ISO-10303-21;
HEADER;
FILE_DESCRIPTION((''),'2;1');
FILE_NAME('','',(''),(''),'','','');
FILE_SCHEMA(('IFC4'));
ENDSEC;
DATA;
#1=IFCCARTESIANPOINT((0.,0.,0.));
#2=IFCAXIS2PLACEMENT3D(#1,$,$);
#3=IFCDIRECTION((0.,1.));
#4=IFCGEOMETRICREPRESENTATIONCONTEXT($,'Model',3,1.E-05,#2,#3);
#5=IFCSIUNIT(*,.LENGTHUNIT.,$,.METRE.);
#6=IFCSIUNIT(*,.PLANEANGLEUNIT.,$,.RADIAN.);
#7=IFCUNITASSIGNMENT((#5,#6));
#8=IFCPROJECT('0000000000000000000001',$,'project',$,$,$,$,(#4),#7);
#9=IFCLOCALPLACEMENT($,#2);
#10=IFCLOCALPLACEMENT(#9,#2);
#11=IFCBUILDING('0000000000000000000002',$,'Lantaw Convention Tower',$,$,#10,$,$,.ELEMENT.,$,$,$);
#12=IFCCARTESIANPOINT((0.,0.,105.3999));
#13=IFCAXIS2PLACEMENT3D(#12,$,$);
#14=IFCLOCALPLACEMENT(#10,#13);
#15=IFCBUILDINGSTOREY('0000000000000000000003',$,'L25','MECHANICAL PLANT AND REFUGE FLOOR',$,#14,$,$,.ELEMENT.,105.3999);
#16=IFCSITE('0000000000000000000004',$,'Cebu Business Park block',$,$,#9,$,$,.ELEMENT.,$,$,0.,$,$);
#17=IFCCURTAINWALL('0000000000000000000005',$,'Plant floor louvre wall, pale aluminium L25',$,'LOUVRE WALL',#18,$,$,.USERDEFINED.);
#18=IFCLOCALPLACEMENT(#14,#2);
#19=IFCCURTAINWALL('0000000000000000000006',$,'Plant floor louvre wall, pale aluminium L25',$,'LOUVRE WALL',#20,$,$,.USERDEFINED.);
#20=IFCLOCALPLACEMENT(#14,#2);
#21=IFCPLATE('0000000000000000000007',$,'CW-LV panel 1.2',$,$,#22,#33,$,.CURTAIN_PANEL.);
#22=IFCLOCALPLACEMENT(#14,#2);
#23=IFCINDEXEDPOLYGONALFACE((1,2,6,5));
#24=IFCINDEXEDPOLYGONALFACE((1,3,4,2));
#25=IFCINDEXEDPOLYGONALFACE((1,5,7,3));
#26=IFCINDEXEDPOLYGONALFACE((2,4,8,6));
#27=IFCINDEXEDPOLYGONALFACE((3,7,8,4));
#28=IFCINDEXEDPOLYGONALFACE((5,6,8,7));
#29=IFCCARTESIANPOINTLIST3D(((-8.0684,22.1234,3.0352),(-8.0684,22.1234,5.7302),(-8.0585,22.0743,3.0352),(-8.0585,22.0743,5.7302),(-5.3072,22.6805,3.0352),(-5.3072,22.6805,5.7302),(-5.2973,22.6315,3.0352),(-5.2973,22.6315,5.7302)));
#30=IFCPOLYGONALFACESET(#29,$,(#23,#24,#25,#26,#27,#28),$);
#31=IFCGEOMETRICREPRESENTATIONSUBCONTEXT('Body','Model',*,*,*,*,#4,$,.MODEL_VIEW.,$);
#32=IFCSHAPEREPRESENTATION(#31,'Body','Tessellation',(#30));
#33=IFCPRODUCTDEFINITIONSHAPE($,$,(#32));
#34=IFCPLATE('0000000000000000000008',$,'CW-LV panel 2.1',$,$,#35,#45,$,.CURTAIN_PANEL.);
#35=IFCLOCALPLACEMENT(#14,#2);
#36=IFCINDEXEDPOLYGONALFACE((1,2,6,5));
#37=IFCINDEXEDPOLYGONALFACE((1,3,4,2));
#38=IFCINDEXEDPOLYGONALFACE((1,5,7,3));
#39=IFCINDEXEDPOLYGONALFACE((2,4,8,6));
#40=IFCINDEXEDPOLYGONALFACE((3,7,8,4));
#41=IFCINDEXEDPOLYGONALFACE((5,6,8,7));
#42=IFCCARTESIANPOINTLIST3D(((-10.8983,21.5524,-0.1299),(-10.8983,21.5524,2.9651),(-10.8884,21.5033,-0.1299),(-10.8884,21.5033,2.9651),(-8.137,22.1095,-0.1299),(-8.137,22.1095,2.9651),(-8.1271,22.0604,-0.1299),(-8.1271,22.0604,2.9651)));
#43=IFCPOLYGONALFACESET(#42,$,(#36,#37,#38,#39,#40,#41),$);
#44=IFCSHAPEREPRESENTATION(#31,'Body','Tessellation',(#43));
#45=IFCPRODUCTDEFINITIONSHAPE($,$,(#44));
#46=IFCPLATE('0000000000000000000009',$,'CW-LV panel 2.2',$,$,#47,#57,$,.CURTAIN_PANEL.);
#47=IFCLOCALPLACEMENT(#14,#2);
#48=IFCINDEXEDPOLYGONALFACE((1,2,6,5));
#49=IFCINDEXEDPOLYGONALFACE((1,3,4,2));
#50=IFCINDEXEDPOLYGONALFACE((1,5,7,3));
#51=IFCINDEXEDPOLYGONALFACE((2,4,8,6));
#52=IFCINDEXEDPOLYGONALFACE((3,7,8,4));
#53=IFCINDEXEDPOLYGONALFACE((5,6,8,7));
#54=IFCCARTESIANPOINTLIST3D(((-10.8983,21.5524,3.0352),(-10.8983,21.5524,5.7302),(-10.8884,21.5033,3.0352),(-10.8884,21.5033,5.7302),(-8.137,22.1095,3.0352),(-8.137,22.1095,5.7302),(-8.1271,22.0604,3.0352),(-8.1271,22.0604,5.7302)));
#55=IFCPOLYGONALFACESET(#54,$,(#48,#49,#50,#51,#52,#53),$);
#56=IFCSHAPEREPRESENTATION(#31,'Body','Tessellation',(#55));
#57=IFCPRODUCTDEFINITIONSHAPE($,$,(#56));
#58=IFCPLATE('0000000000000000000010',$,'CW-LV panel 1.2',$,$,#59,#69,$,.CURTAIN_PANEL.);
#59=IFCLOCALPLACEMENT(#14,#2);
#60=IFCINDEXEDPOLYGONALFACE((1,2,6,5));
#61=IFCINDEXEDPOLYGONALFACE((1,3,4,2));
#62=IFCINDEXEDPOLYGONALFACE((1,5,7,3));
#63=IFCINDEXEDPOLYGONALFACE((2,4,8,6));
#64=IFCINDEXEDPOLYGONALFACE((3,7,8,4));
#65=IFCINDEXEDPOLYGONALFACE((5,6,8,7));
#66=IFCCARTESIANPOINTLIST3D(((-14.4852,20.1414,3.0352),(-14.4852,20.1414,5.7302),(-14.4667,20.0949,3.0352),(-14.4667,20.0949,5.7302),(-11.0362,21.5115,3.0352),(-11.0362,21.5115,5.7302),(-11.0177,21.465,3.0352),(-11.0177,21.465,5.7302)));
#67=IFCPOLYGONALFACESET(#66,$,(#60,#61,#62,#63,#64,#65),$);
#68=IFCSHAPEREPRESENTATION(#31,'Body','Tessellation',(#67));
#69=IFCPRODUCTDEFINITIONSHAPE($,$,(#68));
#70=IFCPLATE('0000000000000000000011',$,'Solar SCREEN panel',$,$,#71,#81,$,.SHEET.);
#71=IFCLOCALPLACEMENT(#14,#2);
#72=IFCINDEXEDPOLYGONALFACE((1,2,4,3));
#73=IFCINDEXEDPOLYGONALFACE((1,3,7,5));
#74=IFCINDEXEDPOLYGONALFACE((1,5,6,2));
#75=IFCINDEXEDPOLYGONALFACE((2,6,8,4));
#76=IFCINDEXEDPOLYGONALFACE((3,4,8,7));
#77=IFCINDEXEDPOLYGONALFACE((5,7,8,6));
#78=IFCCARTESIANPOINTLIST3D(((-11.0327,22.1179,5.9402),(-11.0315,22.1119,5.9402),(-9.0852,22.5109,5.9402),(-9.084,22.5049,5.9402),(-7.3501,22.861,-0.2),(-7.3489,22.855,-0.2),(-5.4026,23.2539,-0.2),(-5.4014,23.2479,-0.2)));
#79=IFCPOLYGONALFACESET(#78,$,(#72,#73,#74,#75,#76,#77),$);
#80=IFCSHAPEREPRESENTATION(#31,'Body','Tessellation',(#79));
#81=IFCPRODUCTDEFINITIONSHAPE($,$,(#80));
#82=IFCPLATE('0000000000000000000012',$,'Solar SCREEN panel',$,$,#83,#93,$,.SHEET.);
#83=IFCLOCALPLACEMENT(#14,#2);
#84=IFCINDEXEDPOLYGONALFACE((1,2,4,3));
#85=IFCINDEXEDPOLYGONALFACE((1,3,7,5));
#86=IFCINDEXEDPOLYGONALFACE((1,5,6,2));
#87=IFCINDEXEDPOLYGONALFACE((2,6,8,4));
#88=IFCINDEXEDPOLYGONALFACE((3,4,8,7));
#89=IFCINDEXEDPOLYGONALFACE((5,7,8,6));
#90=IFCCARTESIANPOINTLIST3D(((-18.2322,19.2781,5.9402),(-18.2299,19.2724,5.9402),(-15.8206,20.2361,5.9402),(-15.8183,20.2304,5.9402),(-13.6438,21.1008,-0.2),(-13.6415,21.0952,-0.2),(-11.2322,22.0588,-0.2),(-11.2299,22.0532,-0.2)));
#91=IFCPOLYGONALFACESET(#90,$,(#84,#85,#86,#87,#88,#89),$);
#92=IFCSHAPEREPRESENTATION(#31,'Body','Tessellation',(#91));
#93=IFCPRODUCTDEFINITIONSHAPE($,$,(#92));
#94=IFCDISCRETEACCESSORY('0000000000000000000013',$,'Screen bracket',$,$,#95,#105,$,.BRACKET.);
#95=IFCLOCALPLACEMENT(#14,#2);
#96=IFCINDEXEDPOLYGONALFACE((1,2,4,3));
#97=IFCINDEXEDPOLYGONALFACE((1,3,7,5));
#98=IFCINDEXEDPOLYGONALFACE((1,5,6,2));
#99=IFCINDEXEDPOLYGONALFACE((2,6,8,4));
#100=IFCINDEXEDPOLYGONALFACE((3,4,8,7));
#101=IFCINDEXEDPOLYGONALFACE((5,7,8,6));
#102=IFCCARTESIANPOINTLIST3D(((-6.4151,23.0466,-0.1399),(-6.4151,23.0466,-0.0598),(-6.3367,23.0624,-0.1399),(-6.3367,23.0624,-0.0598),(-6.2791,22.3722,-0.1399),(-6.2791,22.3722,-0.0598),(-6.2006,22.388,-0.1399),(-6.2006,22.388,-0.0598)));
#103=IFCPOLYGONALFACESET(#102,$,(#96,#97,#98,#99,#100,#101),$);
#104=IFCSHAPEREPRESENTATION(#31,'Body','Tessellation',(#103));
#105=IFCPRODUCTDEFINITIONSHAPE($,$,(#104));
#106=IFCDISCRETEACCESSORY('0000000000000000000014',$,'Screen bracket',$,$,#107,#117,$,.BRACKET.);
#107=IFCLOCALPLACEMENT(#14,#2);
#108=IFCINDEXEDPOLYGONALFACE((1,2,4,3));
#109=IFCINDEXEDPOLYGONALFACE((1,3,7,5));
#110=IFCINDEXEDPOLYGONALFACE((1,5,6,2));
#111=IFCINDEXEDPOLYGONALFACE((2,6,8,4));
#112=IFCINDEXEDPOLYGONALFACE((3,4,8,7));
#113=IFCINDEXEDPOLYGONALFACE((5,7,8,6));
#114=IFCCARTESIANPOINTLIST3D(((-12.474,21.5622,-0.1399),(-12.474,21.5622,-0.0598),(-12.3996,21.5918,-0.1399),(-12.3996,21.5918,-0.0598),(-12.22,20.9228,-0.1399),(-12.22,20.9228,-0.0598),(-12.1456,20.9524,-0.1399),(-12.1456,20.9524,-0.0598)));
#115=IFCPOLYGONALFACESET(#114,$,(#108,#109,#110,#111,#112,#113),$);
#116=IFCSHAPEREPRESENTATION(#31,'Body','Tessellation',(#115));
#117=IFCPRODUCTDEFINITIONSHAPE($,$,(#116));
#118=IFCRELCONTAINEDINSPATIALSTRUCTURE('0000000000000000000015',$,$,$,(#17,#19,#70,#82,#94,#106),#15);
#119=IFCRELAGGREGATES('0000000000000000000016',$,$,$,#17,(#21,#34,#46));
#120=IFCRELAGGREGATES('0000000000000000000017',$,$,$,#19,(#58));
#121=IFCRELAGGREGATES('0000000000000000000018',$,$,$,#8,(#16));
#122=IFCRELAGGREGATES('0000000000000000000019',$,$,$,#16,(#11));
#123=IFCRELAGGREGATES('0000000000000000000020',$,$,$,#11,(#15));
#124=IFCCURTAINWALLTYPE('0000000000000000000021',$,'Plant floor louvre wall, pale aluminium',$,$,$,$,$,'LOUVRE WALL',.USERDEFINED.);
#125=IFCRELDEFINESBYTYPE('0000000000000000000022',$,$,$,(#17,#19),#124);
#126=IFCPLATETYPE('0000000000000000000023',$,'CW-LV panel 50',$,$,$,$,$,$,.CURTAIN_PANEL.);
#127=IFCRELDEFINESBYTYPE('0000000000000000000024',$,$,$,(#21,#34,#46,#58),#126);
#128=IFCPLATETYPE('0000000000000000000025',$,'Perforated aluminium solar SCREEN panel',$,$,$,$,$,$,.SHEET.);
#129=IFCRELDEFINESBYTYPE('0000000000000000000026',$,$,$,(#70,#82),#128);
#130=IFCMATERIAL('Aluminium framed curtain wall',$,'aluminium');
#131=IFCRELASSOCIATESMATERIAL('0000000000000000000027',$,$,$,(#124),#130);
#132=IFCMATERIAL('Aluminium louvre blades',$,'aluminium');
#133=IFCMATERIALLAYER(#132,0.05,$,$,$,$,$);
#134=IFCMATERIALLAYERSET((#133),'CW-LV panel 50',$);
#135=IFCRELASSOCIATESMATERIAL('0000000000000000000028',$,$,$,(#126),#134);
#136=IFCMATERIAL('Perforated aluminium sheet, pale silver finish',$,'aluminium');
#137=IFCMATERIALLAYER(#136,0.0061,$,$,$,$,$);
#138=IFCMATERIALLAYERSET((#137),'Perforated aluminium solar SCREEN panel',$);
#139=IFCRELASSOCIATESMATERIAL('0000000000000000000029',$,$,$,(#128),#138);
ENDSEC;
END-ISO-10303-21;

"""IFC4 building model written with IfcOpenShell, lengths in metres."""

from ifc_helpers import new_model, si_unit, direction, frame, origin, origin_2d, place, context, subcontext, project, spatial, polyline, rectangle, outline, extrude, material, layer, layer_set, type_object, element, aggregate, save


model = new_model("IFC4")

# Units and contexts
model_context = context("Model", 3, precision=1e-05, world=origin(), true_north=direction((0.0, 1.0)))
body_context = subcontext(model_context, "Body", "Model", "MODEL_VIEW")
ifc_project = project(units=[si_unit("LENGTHUNIT", "METRE"), si_unit("PLANEANGLEUNIT", "RADIAN")], contexts=[model_context])

# Site, building, storey
site_placement = place(None, origin())
site = spatial("IfcSite", under=ifc_project, at=site_placement, Name="Cebu Business Park block", CompositionType="ELEMENT", RefElevation=0.0)
building_placement = place(site_placement, origin())
building = spatial("IfcBuilding", under=site, at=building_placement, Name="Lantaw Convention Tower", CompositionType="ELEMENT")
storey_placement = place(building_placement, frame((0.0, 0.0, 105.3999)))
storey = spatial("IfcBuildingStorey", under=building, at=storey_placement, Name="L25", Description="MECHANICAL PLANT AND REFUGE FLOOR", CompositionType="ELEMENT", Elevation=105.3999)

# Curtain wall
ifc_material_1 = material(Name="Aluminium framed curtain wall", Category="aluminium")
curtain_wall_type = type_object("IfcCurtainWallType", Name="Plant floor louvre wall, pale aluminium", ElementType="LOUVRE WALL", PredefinedType="USERDEFINED", material=ifc_material_1)
curtain_wall_1_placement = place(storey_placement, origin())
curtain_wall_1 = element("IfcCurtainWall", 1, at=curtain_wall_1_placement, inside=storey, type_object=curtain_wall_type, Name="Plant floor louvre wall, pale aluminium L25", ObjectType="LOUVRE WALL", PredefinedType="USERDEFINED")

# Curtain wall
curtain_wall_2_placement = place(storey_placement, origin())
curtain_wall_2 = element("IfcCurtainWall", 2, at=curtain_wall_2_placement, inside=storey, type_object=curtain_wall_type, Name="Plant floor louvre wall, pale aluminium L25", ObjectType="LOUVRE WALL", PredefinedType="USERDEFINED")

# Plates
ifc_material_2 = material(Name="Aluminium louvre blades", Category="aluminium")
ifc_layer_1 = layer(ifc_material_2, 0.05)
ifc_layer_set_1 = layer_set([ifc_layer_1], Name="CW-LV panel 50")
plate_type_1 = type_object("IfcPlateType", Name="CW-LV panel 50", PredefinedType="CURTAIN_PANEL", material=ifc_layer_set_1)
plate_1_placement = place(storey_placement, frame((-6.6829, 22.3774, 3.0352), z_axis=(0.0, 0.0, 1.0), x_axis=(-0.980245, -0.197789, 0.0)))
plate_1 = element("IfcPlate", 3, at=plate_1_placement, type_object=plate_type_1, Name="CW-LV panel 1.2", PredefinedType="CURTAIN_PANEL", context=body_context, shape_type="SweptSolid", body=[
    extrude(rectangle(XDim=2.8169, YDim=0.05, at=origin_2d()), origin(), (0.0, 0.0, 1.0), 2.6951),
])
plate_2_placement = place(storey_placement, frame((-9.5127, 21.8064, -0.1299), z_axis=(0.0, 0.0, 1.0), x_axis=(-0.980245, -0.197789, 0.0)))
plate_2 = element("IfcPlate", 4, at=plate_2_placement, type_object=plate_type_1, Name="CW-LV panel 2.1", PredefinedType="CURTAIN_PANEL", context=body_context, shape_type="SweptSolid", body=[
    extrude(rectangle(XDim=2.8169, YDim=0.05, at=origin_2d()), origin(), (0.0, 0.0, 1.0), 3.095),
])
plate_3_placement = place(storey_placement, frame((-9.5127, 21.8064, 3.0352), z_axis=(0.0, 0.0, 1.0), x_axis=(-0.980245, -0.197789, 0.0)))
plate_3 = element("IfcPlate", 5, at=plate_3_placement, type_object=plate_type_1, Name="CW-LV panel 2.2", PredefinedType="CURTAIN_PANEL", context=body_context, shape_type="SweptSolid", body=[
    extrude(rectangle(XDim=2.8169, YDim=0.05, at=origin_2d()), origin(), (0.0, 0.0, 1.0), 2.6951),
])
aggregate(curtain_wall_1, [plate_1, plate_2, plate_3])
plate_4_placement = place(storey_placement, frame((-12.7515, 20.8032, 3.0352), z_axis=(0.0, 0.0, 1.0), x_axis=(-0.929361, -0.369172, 0.0)))
plate_4 = element("IfcPlate", 6, at=plate_4_placement, type_object=plate_type_1, Name="CW-LV panel 1.2", PredefinedType="CURTAIN_PANEL", context=body_context, shape_type="SweptSolid", body=[
    extrude(rectangle(XDim=3.7112, YDim=0.05, at=origin_2d()), origin(), (0.0, 0.0, 1.0), 2.6951),
])
aggregate(curtain_wall_2, [plate_4])

# Plates
ifc_material_3 = material(Name="Perforated aluminium sheet, pale silver finish", Category="aluminium")
ifc_layer_2 = layer(ifc_material_3, 0.0061)
ifc_layer_set_2 = layer_set([ifc_layer_2], Name="Perforated aluminium solar SCREEN panel")
plate_type_2 = type_object("IfcPlateType", Name="Perforated aluminium solar SCREEN panel", PredefinedType="SHEET", material=ifc_layer_set_2)
plate_5_placement = place(storey_placement, frame((-5.4026, 23.2539, -0.2), z_axis=(-0.197782, 0.980246, 0.000001), x_axis=(-0.980246, -0.197782, 0.0)))
element("IfcPlate", 7, at=plate_5_placement, inside=storey, type_object=plate_type_2, Name="Solar SCREEN panel", PredefinedType="SHEET", context=body_context, shape_type="SweptSolid", body=[
    extrude(outline(polyline([(0.0, 0.0), (1.9867, 0.0), (5.7436, 6.1401), (3.7568, 6.1401), (0.0, 0.0)])), origin(), (0.0, 0.0, -1.0), 0.0061),
])
plate_6_placement = place(storey_placement, frame((-11.2322, 22.0588, -0.2), z_axis=(-0.369184, 0.929357, 0.000006), x_axis=(-0.929357, -0.369184, 0.0)))
element("IfcPlate", 8, at=plate_6_placement, inside=storey, type_object=plate_type_2, Name="Solar SCREEN panel", PredefinedType="SHEET", context=body_context, shape_type="SweptSolid", body=[
    extrude(outline(polyline([(0.0, 0.0), (2.5949, 0.0), (7.5321, 6.1401), (4.9372, 6.1401), (0.0, 0.0)])), origin(), (0.0, 0.0, -1.0), 0.0061),
])

# Discrete accessories
for number, where, z_axis, x_axis, name in (
    (9, (-6.3079, 22.7173, -0.1399), (0.0, 0.0, 1.0), (-0.980245, -0.197789, 0.0), "Screen bracket"),
    (10, (-12.3098, 21.2573, -0.1399), (0.0, 0.0, 1.0), (-0.929361, -0.369172, 0.0), "Screen bracket"),
):
    element("IfcDiscreteAccessory", number, at=place(storey_placement, frame(where, z_axis=z_axis, x_axis=x_axis)), inside=storey, Name=name, PredefinedType="BRACKET", context=body_context, shape_type="SweptSolid", body=[
        extrude(rectangle(XDim=0.0801, YDim=0.688, at=origin_2d()), origin(), (0.0, 0.0, 1.0), 0.0801),
    ])

save(model, "model.ifc")
